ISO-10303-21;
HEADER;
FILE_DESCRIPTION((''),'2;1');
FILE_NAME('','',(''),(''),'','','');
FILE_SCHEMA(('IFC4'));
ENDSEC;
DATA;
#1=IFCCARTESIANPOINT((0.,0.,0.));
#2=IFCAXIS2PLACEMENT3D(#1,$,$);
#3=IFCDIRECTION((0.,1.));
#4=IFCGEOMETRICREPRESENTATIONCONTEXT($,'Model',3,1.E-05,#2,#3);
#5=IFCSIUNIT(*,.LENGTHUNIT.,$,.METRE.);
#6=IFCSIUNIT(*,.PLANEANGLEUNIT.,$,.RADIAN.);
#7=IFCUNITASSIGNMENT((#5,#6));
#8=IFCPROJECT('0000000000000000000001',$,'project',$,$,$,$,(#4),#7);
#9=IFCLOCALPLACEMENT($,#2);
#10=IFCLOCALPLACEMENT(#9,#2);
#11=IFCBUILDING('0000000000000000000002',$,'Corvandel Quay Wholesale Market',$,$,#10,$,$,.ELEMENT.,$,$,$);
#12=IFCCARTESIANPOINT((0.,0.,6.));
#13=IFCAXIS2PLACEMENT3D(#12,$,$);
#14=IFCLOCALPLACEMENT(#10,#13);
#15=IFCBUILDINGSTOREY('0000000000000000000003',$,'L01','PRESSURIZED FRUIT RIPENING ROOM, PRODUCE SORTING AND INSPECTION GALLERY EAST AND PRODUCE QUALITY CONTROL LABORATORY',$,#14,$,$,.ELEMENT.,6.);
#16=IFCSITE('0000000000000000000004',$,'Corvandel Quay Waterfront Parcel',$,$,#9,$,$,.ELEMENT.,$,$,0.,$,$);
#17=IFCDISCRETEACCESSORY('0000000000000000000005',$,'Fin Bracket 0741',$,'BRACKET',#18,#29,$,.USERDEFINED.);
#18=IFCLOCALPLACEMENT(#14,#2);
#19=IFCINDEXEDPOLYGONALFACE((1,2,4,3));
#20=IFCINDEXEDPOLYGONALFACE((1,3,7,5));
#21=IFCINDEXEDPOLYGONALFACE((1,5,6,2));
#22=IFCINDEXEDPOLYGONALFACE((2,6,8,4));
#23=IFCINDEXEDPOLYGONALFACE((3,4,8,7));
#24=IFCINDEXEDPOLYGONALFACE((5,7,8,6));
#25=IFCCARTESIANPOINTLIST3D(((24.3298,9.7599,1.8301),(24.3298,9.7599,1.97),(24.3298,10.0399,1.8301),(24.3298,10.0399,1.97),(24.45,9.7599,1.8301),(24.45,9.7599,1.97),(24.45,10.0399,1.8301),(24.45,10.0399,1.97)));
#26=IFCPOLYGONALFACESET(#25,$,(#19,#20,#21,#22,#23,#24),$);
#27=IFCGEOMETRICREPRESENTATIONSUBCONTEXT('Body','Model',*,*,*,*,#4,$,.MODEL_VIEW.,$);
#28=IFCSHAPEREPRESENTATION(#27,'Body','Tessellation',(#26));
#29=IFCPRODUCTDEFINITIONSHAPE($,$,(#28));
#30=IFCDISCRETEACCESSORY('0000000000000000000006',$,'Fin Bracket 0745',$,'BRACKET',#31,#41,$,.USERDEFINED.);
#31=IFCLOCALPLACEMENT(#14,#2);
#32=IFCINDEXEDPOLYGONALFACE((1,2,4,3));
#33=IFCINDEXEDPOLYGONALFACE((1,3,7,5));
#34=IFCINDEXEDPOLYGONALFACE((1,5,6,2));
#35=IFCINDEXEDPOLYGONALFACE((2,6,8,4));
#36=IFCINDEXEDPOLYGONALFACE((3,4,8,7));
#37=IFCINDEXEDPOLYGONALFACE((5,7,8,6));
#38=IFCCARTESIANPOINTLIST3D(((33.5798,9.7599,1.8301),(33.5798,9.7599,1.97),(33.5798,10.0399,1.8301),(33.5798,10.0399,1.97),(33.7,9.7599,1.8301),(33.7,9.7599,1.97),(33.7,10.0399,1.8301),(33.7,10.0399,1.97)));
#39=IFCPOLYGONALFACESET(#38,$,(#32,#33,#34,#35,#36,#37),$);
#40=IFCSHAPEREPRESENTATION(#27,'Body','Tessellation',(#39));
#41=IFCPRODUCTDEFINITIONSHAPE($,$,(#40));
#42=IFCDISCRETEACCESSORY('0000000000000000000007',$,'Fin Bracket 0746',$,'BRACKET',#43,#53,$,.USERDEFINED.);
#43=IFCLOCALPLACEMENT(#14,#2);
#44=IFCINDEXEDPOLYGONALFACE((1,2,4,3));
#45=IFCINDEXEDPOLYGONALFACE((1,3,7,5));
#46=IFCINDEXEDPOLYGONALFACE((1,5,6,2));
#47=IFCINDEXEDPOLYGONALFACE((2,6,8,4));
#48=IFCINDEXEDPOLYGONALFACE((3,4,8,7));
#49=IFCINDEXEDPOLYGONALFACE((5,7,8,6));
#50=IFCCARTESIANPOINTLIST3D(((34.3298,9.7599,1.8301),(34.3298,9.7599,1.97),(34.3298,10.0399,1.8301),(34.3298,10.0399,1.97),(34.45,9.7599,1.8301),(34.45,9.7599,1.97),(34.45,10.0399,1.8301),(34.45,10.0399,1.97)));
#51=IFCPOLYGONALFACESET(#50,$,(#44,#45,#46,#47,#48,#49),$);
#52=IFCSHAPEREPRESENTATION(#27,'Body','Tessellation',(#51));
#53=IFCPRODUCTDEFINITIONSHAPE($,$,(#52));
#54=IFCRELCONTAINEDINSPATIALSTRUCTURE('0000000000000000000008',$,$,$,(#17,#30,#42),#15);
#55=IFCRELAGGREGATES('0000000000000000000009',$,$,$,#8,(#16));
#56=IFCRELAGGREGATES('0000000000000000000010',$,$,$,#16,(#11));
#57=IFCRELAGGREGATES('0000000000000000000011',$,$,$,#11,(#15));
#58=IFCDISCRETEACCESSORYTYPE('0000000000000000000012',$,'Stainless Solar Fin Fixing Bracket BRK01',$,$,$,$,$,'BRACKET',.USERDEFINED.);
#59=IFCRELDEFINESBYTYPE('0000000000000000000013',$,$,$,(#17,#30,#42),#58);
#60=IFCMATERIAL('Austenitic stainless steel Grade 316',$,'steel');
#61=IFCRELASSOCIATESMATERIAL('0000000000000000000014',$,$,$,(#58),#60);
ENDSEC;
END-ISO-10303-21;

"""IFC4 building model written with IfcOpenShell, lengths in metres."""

from ifc_helpers import new_model, si_unit, direction, frame, origin, origin_2d, place, context, subcontext, project, spatial, rectangle, extrude, material, type_object, element, save


model = new_model("IFC4")

# Units and contexts
model_context = context("Model", 3, precision=1e-05, world=origin(), true_north=direction((0.0, 1.0)))
body_context = subcontext(model_context, "Body", "Model", "MODEL_VIEW")
ifc_project = project(units=[si_unit("LENGTHUNIT", "METRE"), si_unit("PLANEANGLEUNIT", "RADIAN")], contexts=[model_context])

# Site, building, storey
site_placement = place(None, origin())
site = spatial("IfcSite", under=ifc_project, at=site_placement, Name="Corvandel Quay Waterfront Parcel", CompositionType="ELEMENT", RefElevation=0.0)
building_placement = place(site_placement, origin())
building = spatial("IfcBuilding", under=site, at=building_placement, Name="Corvandel Quay Wholesale Market", CompositionType="ELEMENT")
storey_placement = place(building_placement, frame((0.0, 0.0, 6.0)))
storey = spatial("IfcBuildingStorey", under=building, at=storey_placement, Name="L01", Description="PRESSURIZED FRUIT RIPENING ROOM, PRODUCE SORTING AND INSPECTION GALLERY EAST AND PRODUCE QUALITY CONTROL LABORATORY", CompositionType="ELEMENT", Elevation=6.0)

# Discrete accessories
ifc_material_1 = material(Name="Austenitic stainless steel Grade 316", Category="steel")
discrete_accessory_type = type_object("IfcDiscreteAccessoryType", Name="Stainless Solar Fin Fixing Bracket BRK01", ElementType="BRACKET", PredefinedType="USERDEFINED", material=ifc_material_1)
for number, where, z_axis, x_axis, name in (
    (1, (24.3899, 9.8999, 1.8301), (0.0, 0.0, 1.0), (0.0, 1.0, 0.0), "Fin Bracket 0741"),
    (2, (33.6399, 9.8999, 1.8301), (0.0, 0.0, 1.0), (0.0, 1.0, 0.0), "Fin Bracket 0745"),
    (3, (34.3899, 9.8999, 1.8301), (0.0, 0.0, 1.0), (0.0, 1.0, 0.0), "Fin Bracket 0746"),
):
    element("IfcDiscreteAccessory", number, at=place(storey_placement, frame(where, z_axis=z_axis, x_axis=x_axis)), inside=storey, type_object=discrete_accessory_type, Name=name, ObjectType="BRACKET", PredefinedType="USERDEFINED", context=body_context, shape_type="SweptSolid", body=[
        extrude(rectangle(XDim=0.28, YDim=0.1201, at=origin_2d()), origin(), (0.0, 0.0, 1.0), 0.1399),
    ])

save(model, "model.ifc")
